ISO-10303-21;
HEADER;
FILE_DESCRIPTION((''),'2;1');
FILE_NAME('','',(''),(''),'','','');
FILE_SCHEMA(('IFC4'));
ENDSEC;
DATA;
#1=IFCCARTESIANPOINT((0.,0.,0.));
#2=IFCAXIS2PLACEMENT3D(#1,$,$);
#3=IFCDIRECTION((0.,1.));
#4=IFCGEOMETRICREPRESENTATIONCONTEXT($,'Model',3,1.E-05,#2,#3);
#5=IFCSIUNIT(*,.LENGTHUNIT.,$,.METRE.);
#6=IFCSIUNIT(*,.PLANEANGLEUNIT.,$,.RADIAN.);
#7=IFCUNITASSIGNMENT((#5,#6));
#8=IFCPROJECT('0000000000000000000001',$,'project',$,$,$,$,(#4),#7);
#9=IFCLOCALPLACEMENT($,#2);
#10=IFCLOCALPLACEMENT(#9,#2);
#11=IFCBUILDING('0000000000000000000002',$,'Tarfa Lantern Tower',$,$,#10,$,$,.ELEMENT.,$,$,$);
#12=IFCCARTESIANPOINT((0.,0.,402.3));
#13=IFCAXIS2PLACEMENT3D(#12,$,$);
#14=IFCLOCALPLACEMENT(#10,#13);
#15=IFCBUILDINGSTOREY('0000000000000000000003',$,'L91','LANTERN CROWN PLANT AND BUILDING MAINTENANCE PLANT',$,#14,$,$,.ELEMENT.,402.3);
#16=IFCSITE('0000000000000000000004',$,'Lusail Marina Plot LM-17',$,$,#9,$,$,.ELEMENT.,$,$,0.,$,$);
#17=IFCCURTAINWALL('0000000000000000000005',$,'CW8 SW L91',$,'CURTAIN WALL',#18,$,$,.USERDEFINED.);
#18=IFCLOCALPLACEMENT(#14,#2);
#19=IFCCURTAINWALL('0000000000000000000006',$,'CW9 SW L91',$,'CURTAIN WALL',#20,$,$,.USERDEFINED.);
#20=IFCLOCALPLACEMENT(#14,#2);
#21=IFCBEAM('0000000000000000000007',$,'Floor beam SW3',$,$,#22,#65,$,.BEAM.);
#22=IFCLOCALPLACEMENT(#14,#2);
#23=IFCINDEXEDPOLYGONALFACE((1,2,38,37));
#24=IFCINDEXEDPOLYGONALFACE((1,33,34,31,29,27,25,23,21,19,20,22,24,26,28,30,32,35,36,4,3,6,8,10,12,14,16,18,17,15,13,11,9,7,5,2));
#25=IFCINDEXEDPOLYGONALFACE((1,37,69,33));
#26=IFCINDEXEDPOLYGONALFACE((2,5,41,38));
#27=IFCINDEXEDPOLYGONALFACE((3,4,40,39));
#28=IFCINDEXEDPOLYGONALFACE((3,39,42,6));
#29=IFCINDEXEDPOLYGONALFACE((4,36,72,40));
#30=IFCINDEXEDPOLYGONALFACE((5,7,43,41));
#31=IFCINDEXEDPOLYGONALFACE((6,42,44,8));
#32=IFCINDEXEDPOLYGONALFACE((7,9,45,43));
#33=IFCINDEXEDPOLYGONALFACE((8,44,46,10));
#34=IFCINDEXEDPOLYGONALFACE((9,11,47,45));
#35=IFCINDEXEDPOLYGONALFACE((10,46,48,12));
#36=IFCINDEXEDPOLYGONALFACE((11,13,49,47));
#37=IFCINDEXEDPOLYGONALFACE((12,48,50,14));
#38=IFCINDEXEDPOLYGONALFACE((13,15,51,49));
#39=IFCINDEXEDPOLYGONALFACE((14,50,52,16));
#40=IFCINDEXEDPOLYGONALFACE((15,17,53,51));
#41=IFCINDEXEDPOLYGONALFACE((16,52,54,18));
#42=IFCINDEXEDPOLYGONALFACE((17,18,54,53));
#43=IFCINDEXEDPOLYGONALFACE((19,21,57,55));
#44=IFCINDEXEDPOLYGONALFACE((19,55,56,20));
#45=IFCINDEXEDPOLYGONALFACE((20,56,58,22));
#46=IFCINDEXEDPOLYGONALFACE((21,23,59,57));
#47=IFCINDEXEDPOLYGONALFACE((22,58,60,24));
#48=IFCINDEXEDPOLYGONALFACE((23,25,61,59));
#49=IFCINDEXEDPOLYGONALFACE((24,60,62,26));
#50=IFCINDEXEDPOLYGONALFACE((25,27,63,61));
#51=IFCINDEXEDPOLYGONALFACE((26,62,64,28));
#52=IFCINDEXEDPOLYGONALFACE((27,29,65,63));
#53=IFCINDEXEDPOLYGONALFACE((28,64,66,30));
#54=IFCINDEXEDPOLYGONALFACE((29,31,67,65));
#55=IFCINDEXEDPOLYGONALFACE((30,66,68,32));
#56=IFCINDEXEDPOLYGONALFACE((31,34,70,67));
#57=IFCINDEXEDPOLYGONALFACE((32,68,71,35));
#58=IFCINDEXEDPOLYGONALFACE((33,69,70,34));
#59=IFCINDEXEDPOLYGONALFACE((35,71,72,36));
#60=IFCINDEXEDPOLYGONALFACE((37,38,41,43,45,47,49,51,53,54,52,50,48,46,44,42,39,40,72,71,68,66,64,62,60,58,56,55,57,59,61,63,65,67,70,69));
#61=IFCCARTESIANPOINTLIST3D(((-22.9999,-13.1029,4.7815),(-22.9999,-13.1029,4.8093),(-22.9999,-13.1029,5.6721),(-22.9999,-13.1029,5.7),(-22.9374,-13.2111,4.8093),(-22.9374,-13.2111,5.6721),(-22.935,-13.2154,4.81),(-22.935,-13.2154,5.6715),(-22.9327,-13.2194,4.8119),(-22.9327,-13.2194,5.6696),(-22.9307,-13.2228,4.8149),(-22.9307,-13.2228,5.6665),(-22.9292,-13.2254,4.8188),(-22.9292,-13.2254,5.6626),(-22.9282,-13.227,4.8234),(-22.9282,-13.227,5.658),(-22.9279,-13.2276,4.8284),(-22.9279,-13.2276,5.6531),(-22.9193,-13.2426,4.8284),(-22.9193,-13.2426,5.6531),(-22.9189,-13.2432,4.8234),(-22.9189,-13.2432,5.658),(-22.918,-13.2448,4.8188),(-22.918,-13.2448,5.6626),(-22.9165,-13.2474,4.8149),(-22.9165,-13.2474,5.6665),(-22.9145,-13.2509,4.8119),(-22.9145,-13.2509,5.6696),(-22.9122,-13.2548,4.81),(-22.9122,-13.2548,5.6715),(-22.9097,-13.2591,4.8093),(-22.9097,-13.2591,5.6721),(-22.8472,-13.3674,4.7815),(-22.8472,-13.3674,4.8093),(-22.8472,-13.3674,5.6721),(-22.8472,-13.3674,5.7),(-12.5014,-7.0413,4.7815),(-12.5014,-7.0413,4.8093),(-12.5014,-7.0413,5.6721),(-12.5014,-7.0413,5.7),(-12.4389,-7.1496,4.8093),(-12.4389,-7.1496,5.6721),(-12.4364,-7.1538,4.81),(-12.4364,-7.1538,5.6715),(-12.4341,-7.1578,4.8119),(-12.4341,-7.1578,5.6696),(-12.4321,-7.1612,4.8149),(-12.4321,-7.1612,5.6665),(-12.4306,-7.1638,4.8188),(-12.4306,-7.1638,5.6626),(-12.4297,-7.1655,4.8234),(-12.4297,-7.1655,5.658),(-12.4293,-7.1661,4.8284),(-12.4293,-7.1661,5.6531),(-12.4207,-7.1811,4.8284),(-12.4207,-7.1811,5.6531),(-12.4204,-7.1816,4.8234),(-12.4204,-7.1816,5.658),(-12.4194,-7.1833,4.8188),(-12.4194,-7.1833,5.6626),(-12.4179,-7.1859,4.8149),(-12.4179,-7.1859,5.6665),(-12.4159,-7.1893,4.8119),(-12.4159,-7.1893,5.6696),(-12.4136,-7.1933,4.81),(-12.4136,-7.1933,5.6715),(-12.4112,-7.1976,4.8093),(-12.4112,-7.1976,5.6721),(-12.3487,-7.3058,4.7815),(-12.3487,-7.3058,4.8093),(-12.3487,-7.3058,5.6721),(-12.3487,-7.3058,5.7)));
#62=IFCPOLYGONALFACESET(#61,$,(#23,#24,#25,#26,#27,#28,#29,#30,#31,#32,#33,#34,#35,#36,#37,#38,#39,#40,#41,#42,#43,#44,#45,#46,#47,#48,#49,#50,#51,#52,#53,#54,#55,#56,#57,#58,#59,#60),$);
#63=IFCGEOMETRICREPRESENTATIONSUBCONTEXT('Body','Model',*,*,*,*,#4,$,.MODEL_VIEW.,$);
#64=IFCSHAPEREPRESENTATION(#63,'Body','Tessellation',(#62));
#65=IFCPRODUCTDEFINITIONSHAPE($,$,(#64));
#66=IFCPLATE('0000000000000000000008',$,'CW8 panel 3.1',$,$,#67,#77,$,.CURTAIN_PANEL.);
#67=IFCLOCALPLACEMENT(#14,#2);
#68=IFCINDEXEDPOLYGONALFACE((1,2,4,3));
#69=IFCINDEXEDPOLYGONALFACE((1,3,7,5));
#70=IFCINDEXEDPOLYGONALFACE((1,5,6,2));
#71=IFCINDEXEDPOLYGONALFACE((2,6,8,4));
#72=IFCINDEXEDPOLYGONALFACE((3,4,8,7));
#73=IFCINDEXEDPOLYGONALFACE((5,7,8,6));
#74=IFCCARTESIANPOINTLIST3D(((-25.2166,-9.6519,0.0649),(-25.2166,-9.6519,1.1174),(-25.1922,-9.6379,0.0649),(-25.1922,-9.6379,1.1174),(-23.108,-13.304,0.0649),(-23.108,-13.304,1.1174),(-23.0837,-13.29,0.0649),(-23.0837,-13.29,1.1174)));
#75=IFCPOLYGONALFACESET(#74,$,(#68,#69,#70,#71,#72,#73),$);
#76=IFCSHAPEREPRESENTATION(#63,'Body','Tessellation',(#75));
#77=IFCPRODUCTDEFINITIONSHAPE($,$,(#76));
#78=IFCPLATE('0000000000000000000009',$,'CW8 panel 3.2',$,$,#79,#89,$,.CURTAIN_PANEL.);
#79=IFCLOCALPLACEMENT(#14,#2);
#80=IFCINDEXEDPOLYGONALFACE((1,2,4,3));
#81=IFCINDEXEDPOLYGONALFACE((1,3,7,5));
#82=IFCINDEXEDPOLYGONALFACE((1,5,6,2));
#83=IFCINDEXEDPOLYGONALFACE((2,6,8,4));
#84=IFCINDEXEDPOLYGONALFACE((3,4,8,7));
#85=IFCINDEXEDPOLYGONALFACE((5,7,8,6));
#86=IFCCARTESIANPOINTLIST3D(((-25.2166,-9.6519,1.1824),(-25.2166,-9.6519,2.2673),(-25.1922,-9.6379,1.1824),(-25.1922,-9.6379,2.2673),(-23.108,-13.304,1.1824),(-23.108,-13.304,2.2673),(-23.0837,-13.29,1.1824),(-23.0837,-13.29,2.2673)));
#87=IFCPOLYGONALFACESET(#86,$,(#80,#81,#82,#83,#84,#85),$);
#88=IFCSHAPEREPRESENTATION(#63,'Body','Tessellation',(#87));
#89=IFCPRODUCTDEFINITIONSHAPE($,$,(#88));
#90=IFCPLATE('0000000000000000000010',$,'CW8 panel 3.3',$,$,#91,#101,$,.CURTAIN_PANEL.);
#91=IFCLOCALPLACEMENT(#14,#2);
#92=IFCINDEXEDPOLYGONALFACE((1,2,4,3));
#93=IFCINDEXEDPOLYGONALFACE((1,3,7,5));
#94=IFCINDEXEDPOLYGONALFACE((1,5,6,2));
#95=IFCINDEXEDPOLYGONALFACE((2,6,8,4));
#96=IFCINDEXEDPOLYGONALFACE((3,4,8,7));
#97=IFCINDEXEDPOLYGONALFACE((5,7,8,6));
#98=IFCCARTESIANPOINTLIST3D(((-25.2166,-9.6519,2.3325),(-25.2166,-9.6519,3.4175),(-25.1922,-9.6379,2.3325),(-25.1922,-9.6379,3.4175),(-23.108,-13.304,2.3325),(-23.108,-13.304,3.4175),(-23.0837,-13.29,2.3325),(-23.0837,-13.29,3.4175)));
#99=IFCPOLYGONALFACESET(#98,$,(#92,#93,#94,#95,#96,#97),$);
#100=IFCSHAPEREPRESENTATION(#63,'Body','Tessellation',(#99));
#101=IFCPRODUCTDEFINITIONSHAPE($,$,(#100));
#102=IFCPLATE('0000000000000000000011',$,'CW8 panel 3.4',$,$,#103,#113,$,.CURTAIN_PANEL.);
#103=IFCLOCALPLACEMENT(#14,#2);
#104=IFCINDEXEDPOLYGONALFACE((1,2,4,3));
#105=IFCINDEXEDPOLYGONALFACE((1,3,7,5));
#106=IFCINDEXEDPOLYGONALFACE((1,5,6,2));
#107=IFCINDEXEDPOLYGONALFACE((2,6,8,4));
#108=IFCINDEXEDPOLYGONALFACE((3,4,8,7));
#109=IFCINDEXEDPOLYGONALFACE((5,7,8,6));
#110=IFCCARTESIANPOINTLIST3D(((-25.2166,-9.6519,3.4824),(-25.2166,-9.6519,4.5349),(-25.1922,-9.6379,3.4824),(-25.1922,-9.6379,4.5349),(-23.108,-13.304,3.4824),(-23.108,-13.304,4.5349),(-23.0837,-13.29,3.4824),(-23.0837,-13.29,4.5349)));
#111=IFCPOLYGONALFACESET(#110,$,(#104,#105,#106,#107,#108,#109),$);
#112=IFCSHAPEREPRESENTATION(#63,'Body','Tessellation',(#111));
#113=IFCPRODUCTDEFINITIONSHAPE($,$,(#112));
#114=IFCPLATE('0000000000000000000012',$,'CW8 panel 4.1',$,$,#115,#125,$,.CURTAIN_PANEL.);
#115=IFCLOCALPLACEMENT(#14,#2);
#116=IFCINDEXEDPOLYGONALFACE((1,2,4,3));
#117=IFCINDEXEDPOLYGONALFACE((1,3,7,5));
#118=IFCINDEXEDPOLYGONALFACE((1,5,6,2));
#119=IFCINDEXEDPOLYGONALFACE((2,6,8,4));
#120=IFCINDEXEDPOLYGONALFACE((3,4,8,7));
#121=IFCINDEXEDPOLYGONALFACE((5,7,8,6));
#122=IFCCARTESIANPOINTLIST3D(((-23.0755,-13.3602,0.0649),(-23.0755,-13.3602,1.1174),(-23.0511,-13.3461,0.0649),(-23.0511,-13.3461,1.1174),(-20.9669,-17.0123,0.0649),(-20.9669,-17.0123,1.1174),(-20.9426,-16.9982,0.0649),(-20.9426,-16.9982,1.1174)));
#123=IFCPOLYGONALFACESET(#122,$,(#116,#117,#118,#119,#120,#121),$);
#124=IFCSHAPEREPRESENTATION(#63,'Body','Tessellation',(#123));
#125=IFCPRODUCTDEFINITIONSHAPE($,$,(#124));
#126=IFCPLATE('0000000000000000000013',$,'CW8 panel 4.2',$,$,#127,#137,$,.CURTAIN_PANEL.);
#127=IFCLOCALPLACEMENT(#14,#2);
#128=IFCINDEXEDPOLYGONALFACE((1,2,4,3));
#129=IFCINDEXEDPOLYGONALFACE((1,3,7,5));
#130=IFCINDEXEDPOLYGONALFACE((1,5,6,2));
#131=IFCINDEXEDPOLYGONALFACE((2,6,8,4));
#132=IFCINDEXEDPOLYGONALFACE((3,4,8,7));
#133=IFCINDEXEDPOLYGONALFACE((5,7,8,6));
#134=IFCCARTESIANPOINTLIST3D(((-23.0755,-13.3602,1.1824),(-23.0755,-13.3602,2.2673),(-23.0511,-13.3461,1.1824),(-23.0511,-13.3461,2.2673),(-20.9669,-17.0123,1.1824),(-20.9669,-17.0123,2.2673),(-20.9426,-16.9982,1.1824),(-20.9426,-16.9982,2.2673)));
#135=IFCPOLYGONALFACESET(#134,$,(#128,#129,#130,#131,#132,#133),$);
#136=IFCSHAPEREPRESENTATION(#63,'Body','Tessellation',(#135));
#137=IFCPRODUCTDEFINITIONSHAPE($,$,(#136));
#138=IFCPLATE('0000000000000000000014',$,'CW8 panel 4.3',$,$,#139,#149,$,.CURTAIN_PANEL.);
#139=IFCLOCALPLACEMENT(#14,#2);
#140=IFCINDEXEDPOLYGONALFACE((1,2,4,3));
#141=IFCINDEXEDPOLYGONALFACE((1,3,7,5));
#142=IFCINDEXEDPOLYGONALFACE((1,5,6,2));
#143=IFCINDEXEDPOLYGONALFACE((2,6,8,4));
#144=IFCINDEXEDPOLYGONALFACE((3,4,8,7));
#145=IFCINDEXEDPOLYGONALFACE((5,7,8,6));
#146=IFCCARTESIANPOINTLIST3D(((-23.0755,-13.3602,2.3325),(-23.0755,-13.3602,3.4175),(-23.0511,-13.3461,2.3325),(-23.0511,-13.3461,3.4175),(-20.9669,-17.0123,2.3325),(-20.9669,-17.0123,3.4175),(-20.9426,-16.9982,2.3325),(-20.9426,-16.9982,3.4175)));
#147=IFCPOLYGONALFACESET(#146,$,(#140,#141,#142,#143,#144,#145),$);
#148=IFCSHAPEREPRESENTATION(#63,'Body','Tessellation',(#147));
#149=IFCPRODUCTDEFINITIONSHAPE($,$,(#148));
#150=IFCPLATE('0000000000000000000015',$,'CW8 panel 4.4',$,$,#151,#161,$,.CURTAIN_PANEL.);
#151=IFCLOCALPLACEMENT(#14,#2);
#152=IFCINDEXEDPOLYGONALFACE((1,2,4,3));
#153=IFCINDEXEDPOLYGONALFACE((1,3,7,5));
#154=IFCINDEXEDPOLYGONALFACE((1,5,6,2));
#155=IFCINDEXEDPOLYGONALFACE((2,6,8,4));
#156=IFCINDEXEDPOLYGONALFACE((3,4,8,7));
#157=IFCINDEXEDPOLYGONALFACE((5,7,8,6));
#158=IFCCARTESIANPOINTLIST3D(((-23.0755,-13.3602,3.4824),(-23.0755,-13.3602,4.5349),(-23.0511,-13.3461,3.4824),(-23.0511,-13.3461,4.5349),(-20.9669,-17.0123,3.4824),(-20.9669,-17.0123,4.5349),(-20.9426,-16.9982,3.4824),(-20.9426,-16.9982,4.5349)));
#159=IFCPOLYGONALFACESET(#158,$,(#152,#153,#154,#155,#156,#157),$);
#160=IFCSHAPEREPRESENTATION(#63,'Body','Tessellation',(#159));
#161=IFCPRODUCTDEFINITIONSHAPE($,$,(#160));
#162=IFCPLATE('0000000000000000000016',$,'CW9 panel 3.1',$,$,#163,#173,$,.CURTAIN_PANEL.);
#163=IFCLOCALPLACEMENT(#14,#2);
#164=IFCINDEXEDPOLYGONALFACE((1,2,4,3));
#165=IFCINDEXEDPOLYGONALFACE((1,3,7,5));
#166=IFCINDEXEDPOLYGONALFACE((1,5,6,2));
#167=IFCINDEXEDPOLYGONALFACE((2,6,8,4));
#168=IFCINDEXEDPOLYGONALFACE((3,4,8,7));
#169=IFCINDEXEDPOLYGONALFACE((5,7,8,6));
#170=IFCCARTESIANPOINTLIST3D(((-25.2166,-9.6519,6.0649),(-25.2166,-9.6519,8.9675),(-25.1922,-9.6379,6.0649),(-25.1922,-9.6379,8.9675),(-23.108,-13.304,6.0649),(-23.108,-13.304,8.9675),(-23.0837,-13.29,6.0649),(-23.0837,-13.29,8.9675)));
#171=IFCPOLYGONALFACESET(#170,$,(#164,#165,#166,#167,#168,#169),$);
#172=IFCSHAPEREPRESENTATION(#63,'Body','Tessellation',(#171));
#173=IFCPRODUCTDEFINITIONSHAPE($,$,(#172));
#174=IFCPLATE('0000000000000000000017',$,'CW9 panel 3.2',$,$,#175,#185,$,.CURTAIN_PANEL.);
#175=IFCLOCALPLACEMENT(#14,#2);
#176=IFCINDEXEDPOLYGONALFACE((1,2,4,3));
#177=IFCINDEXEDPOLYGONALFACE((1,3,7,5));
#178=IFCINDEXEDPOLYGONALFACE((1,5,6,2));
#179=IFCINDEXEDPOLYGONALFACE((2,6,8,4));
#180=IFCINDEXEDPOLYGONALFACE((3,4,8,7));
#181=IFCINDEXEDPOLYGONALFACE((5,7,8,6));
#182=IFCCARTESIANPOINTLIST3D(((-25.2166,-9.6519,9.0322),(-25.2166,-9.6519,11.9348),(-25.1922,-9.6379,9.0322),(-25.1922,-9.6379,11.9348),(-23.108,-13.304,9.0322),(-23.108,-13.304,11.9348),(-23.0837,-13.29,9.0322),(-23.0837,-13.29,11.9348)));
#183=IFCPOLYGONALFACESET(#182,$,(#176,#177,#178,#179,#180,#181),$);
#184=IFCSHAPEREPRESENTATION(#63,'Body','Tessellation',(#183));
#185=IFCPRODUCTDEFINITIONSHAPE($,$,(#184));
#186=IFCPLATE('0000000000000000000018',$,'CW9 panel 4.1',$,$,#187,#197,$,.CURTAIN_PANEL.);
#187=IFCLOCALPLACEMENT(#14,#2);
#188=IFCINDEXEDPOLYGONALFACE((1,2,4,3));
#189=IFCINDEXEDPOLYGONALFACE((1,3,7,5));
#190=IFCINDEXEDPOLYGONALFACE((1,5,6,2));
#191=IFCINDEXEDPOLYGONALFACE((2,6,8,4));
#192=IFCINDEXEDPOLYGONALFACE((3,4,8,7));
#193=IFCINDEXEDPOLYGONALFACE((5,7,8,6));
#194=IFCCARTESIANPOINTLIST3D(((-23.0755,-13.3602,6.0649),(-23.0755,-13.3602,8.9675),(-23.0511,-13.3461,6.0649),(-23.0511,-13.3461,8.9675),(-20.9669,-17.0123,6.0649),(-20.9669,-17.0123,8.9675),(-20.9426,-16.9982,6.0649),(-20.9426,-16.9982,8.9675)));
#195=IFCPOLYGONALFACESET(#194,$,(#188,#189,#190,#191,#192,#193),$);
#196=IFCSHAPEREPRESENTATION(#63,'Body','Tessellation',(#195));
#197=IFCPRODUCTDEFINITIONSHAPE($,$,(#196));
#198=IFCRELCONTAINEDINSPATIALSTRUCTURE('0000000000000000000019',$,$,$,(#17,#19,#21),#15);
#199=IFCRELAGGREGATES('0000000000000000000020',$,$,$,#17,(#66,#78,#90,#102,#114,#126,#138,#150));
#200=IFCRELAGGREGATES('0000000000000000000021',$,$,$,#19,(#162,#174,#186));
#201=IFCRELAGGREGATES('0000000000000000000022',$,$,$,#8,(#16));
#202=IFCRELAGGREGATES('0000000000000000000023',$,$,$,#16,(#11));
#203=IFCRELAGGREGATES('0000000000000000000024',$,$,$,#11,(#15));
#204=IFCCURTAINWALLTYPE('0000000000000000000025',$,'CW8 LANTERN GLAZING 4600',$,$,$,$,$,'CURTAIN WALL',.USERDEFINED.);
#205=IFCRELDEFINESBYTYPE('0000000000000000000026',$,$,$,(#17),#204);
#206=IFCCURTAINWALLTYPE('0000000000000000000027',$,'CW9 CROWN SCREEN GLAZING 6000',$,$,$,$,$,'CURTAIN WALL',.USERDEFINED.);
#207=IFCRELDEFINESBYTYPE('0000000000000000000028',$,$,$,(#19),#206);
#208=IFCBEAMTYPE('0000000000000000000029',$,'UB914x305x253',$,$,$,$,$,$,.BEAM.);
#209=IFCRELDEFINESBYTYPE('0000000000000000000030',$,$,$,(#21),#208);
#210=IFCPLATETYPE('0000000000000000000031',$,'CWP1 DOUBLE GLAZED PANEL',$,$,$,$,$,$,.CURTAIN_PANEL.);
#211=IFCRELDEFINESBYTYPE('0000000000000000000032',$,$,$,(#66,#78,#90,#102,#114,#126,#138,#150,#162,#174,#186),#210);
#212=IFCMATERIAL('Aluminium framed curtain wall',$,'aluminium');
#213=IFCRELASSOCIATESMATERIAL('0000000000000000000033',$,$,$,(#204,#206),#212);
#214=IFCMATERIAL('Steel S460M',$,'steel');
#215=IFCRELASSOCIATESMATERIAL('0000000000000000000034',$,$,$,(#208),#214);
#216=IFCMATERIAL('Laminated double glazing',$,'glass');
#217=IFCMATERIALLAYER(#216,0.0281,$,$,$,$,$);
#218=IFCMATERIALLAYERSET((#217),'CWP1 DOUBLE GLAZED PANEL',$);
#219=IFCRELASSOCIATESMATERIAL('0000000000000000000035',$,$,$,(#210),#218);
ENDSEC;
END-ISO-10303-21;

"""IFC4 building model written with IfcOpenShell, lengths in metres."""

from ifc_helpers import new_model, si_unit, direction, frame, origin, origin_2d, place, context, subcontext, project, spatial, rectangle, i_section, extrude, material, layer, layer_set, material_profile, profile_set, type_object, element, aggregate, save


model = new_model("IFC4")

# Units and contexts
model_context = context("Model", 3, precision=1e-05, world=origin(), true_north=direction((0.0, 1.0)))
body_context = subcontext(model_context, "Body", "Model", "MODEL_VIEW")
ifc_project = project(units=[si_unit("LENGTHUNIT", "METRE"), si_unit("PLANEANGLEUNIT", "RADIAN")], contexts=[model_context])

# Site, building, storey
site_placement = place(None, origin())
site = spatial("IfcSite", under=ifc_project, at=site_placement, Name="Lusail Marina Plot LM-17", CompositionType="ELEMENT", RefElevation=0.0)
building_placement = place(site_placement, origin())
building = spatial("IfcBuilding", under=site, at=building_placement, Name="Tarfa Lantern Tower", CompositionType="ELEMENT")
storey_placement = place(building_placement, frame((0.0, 0.0, 402.3)))
storey = spatial("IfcBuildingStorey", under=building, at=storey_placement, Name="L91", Description="LANTERN CROWN PLANT AND BUILDING MAINTENANCE PLANT", CompositionType="ELEMENT", Elevation=402.3)

# Curtain walls
ifc_material_1 = material(Name="Aluminium framed curtain wall", Category="aluminium")
curtain_wall_type_1 = type_object("IfcCurtainWallType", Name="CW8 LANTERN GLAZING 4600", ElementType="CURTAIN WALL", PredefinedType="USERDEFINED", material=ifc_material_1)
curtain_wall_1_placement = place(storey_placement, origin())
curtain_wall_1 = element("IfcCurtainWall", 1, at=curtain_wall_1_placement, inside=storey, type_object=curtain_wall_type_1, Name="CW8 SW L91", ObjectType="CURTAIN WALL", PredefinedType="USERDEFINED")
curtain_wall_type_2 = type_object("IfcCurtainWallType", Name="CW9 CROWN SCREEN GLAZING 6000", ElementType="CURTAIN WALL", PredefinedType="USERDEFINED", material=ifc_material_1)
curtain_wall_2_placement = place(storey_placement, origin())
curtain_wall_2 = element("IfcCurtainWall", 2, at=curtain_wall_2_placement, inside=storey, type_object=curtain_wall_type_2, Name="CW9 SW L91", ObjectType="CURTAIN WALL", PredefinedType="USERDEFINED")

# Beam
ifc_material_2 = material(Name="Steel S460M", Category="steel")
ifc_material_profile_1 = material_profile(ifc_material_2, i_section(OverallWidth=0.3054, OverallDepth=0.9185, WebThickness=0.0173, FlangeThickness=0.0278, FilletRadius=0.019, at=origin_2d()), Name="UB914x305x253")
ifc_profile_set_1 = profile_set([ifc_material_profile_1], Name="Steel S460M")
beam_type_1 = type_object("IfcBeamType", Name="UB914x305x253", PredefinedType="BEAM", material=ifc_profile_set_1)
beam_1_placement = place(storey_placement, frame((-22.9236, -13.2351, 5.2407), z_axis=(0.866019, 0.500012, 0.0), x_axis=(-0.500012, 0.866019, 0.0)))
element("IfcBeam", 3, at=beam_1_placement, inside=storey, type_object=beam_type_1, Name="Floor beam SW3", PredefinedType="BEAM", context=body_context, shape_type="SweptSolid", body=[
    extrude(i_section(OverallWidth=0.3054, OverallDepth=0.9185, WebThickness=0.0173, FlangeThickness=0.0278, FilletRadius=0.019, at=origin_2d()), origin(), (0.0, 0.0, 1.0), 12.1228),
])

# Plates
ifc_material_3 = material(Name="Laminated double glazing", Category="glass")
ifc_layer = layer(ifc_material_3, 0.0281)
ifc_layer_set = layer_set([ifc_layer], Name="CWP1 DOUBLE GLAZED PANEL")
plate_type = type_object("IfcPlateType", Name="CWP1 DOUBLE GLAZED PANEL", PredefinedType="CURTAIN_PANEL", material=ifc_layer_set)
plate_1_placement = place(storey_placement, frame((-24.1501, -11.4709, 0.0649), z_axis=(0.0, 0.0, 1.0), x_axis=(0.5, -0.866025, 0.0)))
plate_1 = element("IfcPlate", 4, at=plate_1_placement, type_object=plate_type, Name="CW8 panel 3.1", PredefinedType="CURTAIN_PANEL", context=body_context, shape_type="SweptSolid", body=[
    extrude(rectangle(XDim=4.217, YDim=0.0281, at=origin_2d()), origin(), (0.0, 0.0, 1.0), 1.0525),
])
plate_2_placement = place(storey_placement, frame((-24.1501, -11.4709, 1.1824), z_axis=(0.0, 0.0, 1.0), x_axis=(0.5, -0.866025, 0.0)))
plate_2 = element("IfcPlate", 5, at=plate_2_placement, type_object=plate_type, Name="CW8 panel 3.2", PredefinedType="CURTAIN_PANEL", context=body_context, shape_type="SweptSolid", body=[
    extrude(rectangle(XDim=4.217, YDim=0.0281, at=origin_2d()), origin(), (0.0, 0.0, 1.0), 1.085),
])
plate_3_placement = place(storey_placement, frame((-24.1501, -11.4709, 2.3325), z_axis=(0.0, 0.0, 1.0), x_axis=(0.5, -0.866025, 0.0)))
plate_3 = element("IfcPlate", 6, at=plate_3_placement, type_object=plate_type, Name="CW8 panel 3.3", PredefinedType="CURTAIN_PANEL", context=body_context, shape_type="SweptSolid", body=[
    extrude(rectangle(XDim=4.217, YDim=0.0281, at=origin_2d()), origin(), (0.0, 0.0, 1.0), 1.085),
])
plate_4_placement = place(storey_placement, frame((-24.1501, -11.4709, 3.4824), z_axis=(0.0, 0.0, 1.0), x_axis=(0.5, -0.866025, 0.0)))
plate_4 = element("IfcPlate", 7, at=plate_4_placement, type_object=plate_type, Name="CW8 panel 3.4", PredefinedType="CURTAIN_PANEL", context=body_context, shape_type="SweptSolid", body=[
    extrude(rectangle(XDim=4.217, YDim=0.0281, at=origin_2d()), origin(), (0.0, 0.0, 1.0), 1.0525),
])
plate_5_placement = place(storey_placement, frame((-22.009, -15.1792, 0.0649), z_axis=(0.0, 0.0, 1.0), x_axis=(0.5, -0.866025, 0.0)))
plate_5 = element("IfcPlate", 8, at=plate_5_placement, type_object=plate_type, Name="CW8 panel 4.1", PredefinedType="CURTAIN_PANEL", context=body_context, shape_type="SweptSolid", body=[
    extrude(rectangle(XDim=4.217, YDim=0.0281, at=origin_2d()), origin(), (0.0, 0.0, 1.0), 1.0525),
])
plate_6_placement = place(storey_placement, frame((-22.009, -15.1792, 1.1824), z_axis=(0.0, 0.0, 1.0), x_axis=(0.5, -0.866025, 0.0)))
plate_6 = element("IfcPlate", 9, at=plate_6_placement, type_object=plate_type, Name="CW8 panel 4.2", PredefinedType="CURTAIN_PANEL", context=body_context, shape_type="SweptSolid", body=[
    extrude(rectangle(XDim=4.217, YDim=0.0281, at=origin_2d()), origin(), (0.0, 0.0, 1.0), 1.085),
])
plate_7_placement = place(storey_placement, frame((-22.009, -15.1792, 2.3325), z_axis=(0.0, 0.0, 1.0), x_axis=(0.5, -0.866025, 0.0)))
plate_7 = element("IfcPlate", 10, at=plate_7_placement, type_object=plate_type, Name="CW8 panel 4.3", PredefinedType="CURTAIN_PANEL", context=body_context, shape_type="SweptSolid", body=[
    extrude(rectangle(XDim=4.217, YDim=0.0281, at=origin_2d()), origin(), (0.0, 0.0, 1.0), 1.085),
])
plate_8_placement = place(storey_placement, frame((-22.009, -15.1792, 3.4824), z_axis=(0.0, 0.0, 1.0), x_axis=(0.5, -0.866025, 0.0)))
plate_8 = element("IfcPlate", 11, at=plate_8_placement, type_object=plate_type, Name="CW8 panel 4.4", PredefinedType="CURTAIN_PANEL", context=body_context, shape_type="SweptSolid", body=[
    extrude(rectangle(XDim=4.217, YDim=0.0281, at=origin_2d()), origin(), (0.0, 0.0, 1.0), 1.0525),
])
aggregate(curtain_wall_1, [plate_1, plate_2, plate_3, plate_4, plate_5, plate_6, plate_7, plate_8])
plate_9_placement = place(storey_placement, frame((-24.1501, -11.4709, 6.0649), z_axis=(0.0, 0.0, 1.0), x_axis=(0.5, -0.866025, 0.0)))
plate_9 = element("IfcPlate", 12, at=plate_9_placement, type_object=plate_type, Name="CW9 panel 3.1", PredefinedType="CURTAIN_PANEL", context=body_context, shape_type="SweptSolid", body=[
    extrude(rectangle(XDim=4.217, YDim=0.0281, at=origin_2d()), origin(), (0.0, 0.0, 1.0), 2.9026),
])
plate_10_placement = place(storey_placement, frame((-24.1501, -11.4709, 9.0322), z_axis=(0.0, 0.0, 1.0), x_axis=(0.5, -0.866025, 0.0)))
plate_10 = element("IfcPlate", 13, at=plate_10_placement, type_object=plate_type, Name="CW9 panel 3.2", PredefinedType="CURTAIN_PANEL", context=body_context, shape_type="SweptSolid", body=[
    extrude(rectangle(XDim=4.217, YDim=0.0281, at=origin_2d()), origin(), (0.0, 0.0, 1.0), 2.9026),
])
plate_11_placement = place(storey_placement, frame((-22.009, -15.1792, 6.0649), z_axis=(0.0, 0.0, 1.0), x_axis=(0.5, -0.866025, 0.0)))
plate_11 = element("IfcPlate", 14, at=plate_11_placement, type_object=plate_type, Name="CW9 panel 4.1", PredefinedType="CURTAIN_PANEL", context=body_context, shape_type="SweptSolid", body=[
    extrude(rectangle(XDim=4.217, YDim=0.0281, at=origin_2d()), origin(), (0.0, 0.0, 1.0), 2.9026),
])
aggregate(curtain_wall_2, [plate_9, plate_10, plate_11])

save(model, "model.ifc")
